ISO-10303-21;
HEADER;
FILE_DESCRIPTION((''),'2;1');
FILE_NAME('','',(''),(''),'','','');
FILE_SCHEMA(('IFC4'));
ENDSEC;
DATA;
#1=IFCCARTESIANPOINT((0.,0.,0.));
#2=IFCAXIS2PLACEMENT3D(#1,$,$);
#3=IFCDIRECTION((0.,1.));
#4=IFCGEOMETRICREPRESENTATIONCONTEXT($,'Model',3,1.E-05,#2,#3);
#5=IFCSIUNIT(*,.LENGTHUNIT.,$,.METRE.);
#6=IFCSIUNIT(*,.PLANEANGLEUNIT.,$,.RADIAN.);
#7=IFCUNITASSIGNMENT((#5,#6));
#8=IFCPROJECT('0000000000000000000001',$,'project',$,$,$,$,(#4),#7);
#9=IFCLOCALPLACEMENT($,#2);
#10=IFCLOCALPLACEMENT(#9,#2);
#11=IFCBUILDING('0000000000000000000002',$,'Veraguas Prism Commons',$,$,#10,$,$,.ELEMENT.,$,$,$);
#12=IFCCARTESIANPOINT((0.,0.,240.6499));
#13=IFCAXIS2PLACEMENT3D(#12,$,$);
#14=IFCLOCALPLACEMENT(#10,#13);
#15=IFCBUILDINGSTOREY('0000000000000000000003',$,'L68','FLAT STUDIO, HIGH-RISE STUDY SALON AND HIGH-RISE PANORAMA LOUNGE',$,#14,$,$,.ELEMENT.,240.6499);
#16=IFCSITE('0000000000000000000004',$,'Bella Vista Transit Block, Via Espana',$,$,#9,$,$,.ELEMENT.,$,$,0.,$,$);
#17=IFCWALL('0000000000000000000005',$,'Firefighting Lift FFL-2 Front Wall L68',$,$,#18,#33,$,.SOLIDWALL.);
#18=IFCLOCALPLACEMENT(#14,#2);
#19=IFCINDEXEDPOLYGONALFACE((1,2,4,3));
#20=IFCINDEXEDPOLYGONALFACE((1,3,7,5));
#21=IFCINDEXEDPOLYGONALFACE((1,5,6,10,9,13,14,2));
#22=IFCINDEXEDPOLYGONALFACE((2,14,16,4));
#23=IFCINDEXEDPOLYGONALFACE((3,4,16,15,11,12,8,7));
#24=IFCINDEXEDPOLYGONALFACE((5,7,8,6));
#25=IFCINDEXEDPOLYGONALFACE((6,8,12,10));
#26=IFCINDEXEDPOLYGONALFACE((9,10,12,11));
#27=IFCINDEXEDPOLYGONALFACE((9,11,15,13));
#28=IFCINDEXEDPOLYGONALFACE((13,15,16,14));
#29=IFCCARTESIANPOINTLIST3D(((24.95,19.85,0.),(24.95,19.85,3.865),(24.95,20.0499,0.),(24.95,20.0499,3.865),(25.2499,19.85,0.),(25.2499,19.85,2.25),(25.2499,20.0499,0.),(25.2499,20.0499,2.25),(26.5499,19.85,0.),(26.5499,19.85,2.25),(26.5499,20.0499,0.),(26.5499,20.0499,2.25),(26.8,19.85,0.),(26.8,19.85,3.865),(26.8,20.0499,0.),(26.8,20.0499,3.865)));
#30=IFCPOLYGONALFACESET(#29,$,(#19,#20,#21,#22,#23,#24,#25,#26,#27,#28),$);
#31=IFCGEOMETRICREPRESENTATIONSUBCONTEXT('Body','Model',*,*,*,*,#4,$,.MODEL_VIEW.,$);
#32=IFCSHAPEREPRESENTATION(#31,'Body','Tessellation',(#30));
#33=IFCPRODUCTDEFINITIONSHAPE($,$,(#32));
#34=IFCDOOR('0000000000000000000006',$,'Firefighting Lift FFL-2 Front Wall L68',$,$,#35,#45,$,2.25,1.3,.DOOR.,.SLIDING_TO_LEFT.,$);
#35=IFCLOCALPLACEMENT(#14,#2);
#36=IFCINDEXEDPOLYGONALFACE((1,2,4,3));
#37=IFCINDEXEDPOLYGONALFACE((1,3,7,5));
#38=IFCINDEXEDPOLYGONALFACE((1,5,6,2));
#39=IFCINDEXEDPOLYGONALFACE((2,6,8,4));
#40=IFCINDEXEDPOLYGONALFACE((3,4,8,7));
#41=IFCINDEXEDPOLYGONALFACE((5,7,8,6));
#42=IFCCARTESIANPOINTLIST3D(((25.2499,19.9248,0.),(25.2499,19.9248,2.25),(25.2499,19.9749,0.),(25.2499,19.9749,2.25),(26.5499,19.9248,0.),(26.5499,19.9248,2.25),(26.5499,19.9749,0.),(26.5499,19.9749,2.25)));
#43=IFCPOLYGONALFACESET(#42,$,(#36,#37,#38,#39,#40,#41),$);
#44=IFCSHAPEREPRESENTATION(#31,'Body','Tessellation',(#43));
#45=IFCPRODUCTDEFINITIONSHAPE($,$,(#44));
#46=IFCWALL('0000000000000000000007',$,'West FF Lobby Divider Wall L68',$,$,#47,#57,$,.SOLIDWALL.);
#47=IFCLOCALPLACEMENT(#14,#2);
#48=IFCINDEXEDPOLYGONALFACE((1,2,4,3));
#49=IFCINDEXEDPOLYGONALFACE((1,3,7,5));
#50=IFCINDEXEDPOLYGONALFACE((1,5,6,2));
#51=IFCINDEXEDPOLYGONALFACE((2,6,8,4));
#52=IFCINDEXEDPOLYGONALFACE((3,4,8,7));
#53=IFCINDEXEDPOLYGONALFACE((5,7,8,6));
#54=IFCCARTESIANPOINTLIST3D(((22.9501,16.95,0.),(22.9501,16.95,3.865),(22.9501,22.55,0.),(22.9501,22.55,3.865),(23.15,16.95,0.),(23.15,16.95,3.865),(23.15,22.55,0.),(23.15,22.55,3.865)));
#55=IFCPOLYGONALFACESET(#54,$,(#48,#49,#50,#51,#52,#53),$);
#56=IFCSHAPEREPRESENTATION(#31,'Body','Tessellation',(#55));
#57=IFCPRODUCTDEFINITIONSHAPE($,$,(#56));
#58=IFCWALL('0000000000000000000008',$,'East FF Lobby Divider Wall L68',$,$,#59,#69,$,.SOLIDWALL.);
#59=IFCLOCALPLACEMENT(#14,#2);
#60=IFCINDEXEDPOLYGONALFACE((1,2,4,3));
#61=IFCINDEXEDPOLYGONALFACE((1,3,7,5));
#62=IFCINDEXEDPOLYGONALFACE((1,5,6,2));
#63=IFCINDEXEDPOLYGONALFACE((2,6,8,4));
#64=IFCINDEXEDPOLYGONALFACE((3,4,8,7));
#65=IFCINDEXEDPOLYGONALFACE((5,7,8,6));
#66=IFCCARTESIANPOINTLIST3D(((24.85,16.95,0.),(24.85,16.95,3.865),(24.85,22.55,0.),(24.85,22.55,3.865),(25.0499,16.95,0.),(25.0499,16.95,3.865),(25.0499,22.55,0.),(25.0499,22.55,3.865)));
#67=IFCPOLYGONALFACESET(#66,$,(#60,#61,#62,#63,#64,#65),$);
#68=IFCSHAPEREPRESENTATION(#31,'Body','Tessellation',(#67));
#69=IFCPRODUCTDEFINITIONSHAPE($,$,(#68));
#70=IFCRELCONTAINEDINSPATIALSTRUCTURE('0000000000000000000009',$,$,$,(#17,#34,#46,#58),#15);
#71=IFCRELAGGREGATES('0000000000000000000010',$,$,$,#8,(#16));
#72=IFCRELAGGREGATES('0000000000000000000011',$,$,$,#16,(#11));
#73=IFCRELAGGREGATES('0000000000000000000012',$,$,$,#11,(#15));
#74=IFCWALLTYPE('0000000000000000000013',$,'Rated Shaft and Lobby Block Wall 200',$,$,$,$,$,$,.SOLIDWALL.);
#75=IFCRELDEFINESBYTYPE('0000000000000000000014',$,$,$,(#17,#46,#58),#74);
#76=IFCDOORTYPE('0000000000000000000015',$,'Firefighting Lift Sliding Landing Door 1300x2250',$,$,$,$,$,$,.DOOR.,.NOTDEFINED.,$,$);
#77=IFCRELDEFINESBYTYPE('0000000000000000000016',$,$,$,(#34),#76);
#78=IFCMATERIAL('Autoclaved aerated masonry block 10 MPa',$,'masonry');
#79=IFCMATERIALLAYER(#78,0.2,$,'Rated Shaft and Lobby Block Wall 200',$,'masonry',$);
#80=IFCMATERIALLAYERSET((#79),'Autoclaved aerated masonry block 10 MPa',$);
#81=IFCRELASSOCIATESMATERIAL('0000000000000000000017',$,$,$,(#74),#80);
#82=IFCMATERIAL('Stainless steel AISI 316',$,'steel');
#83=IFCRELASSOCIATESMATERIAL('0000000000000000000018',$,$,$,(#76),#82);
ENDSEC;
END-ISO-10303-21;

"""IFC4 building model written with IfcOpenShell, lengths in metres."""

from ifc_helpers import new_model, si_unit, direction, frame, frame_2d, origin, place, context, subcontext, project, spatial, rectangle, extrude, source, transform, mapped, material, layer, layer_set, type_object, element, fill, save


model = new_model("IFC4")

# Units and contexts
model_context = context("Model", 3, precision=1e-05, world=origin(), true_north=direction((0.0, 1.0)))
body_context = subcontext(model_context, "Body", "Model", "MODEL_VIEW")
ifc_project = project(units=[si_unit("LENGTHUNIT", "METRE"), si_unit("PLANEANGLEUNIT", "RADIAN")], contexts=[model_context])

# Site, building, storey
site_placement = place(None, origin())
site = spatial("IfcSite", under=ifc_project, at=site_placement, Name="Bella Vista Transit Block, Via Espana", CompositionType="ELEMENT", RefElevation=0.0)
building_placement = place(site_placement, origin())
building = spatial("IfcBuilding", under=site, at=building_placement, Name="Veraguas Prism Commons", CompositionType="ELEMENT")
storey_placement = place(building_placement, frame((0.0, 0.0, 240.6499)))
storey = spatial("IfcBuildingStorey", under=building, at=storey_placement, Name="L68", Description="FLAT STUDIO, HIGH-RISE STUDY SALON AND HIGH-RISE PANORAMA LOUNGE", CompositionType="ELEMENT", Elevation=240.6499)

# Wall, opening, door
ifc_material_1 = material(Name="Autoclaved aerated masonry block 10 MPa", Category="masonry")
ifc_layer_1 = layer(ifc_material_1, 0.2, Name="Rated Shaft and Lobby Block Wall 200", Category="masonry")
ifc_layer_set_1 = layer_set([ifc_layer_1], Name="Autoclaved aerated masonry block 10 MPa")
wall_type_1 = type_object("IfcWallType", Name="Rated Shaft and Lobby Block Wall 200", PredefinedType="SOLIDWALL", material=ifc_layer_set_1)
ifc_material_2 = material(Name="Stainless steel AISI 316", Category="steel")
door_type_1 = type_object("IfcDoorType", Name="Firefighting Lift Sliding Landing Door 1300x2250", OperationType="NOTDEFINED", PredefinedType="DOOR", material=ifc_material_2)
shared_shape_1 = source(origin(), body_context, "Body", "SweptSolid", [
    extrude(rectangle(XDim=1.3, YDim=2.25, at=frame_2d((0.6499, 1.125))), frame((0.0, 0.0249, 0.0), z_axis=(0.0, -1.0, 0.0), x_axis=(1.0, 0.0, 0.0)), (0.0, 0.0, 1.0), 0.05),
])
wall_1_placement = place(storey_placement, frame((24.95, 19.95, 0.0), z_axis=(0.0, 0.0, 1.0), x_axis=(1.0, 0.0, 0.0)))
wall_1 = element("IfcWall", 1, at=wall_1_placement, inside=storey, type_object=wall_type_1, Name="Firefighting Lift FFL-2 Front Wall L68", PredefinedType="SOLIDWALL", context=body_context, shape_type="SweptSolid", body=[
    extrude(rectangle(XDim=1.8501, YDim=0.2, at=frame_2d((0.925, 0.0))), origin(), (0.0, 0.0, 1.0), 3.865),
])
opening_1_placement = place(wall_1_placement, frame((0.3, 0.0, 0.0)))
opening_1 = element("IfcOpeningElement", 2, at=opening_1_placement, cuts=wall_1, PredefinedType="OPENING", context=body_context, shape_type="SweptSolid", body=[
    extrude(rectangle(XDim=1.3, YDim=2.25, at=frame_2d((0.6499, 1.125))), frame((0.0, 0.1099, 0.0), z_axis=(0.0, -1.0, 0.0), x_axis=(1.0, 0.0, 0.0)), (0.0, 0.0, 1.0), 0.22),
])
door_1_placement = place(opening_1_placement, origin())
door_1 = element("IfcDoor", 3, at=door_1_placement, inside=storey, type_object=door_type_1, Name="Firefighting Lift FFL-2 Front Wall L68", OperationType="SLIDING_TO_LEFT", OverallHeight=2.25, OverallWidth=1.3, PredefinedType="DOOR", context=body_context, shape_type="MappedRepresentation", body=[
    mapped(shared_shape_1, transform((0.0, 0.0, 0.0), scale=1.0)),
])
fill(opening_1, door_1)

# Walls
for number, where, z_axis, x_axis, name in (
    (4, (23.05, 16.95, 0.0), (0.0, 0.0, 1.0), (0.0, 1.0, 0.0), "West FF Lobby Divider Wall L68"),
    (5, (24.95, 16.95, 0.0), (0.0, 0.0, 1.0), (0.0, 1.0, 0.0), "East FF Lobby Divider Wall L68"),
):
    element("IfcWall", number, at=place(storey_placement, frame(where, z_axis=z_axis, x_axis=x_axis)), inside=storey, type_object=wall_type_1, Name=name, PredefinedType="SOLIDWALL", context=body_context, shape_type="SweptSolid", body=[
        extrude(rectangle(XDim=5.6001, YDim=0.2, at=frame_2d((2.8, 0.0))), origin(), (0.0, 0.0, 1.0), 3.865),
    ])

save(model, "model.ifc")
